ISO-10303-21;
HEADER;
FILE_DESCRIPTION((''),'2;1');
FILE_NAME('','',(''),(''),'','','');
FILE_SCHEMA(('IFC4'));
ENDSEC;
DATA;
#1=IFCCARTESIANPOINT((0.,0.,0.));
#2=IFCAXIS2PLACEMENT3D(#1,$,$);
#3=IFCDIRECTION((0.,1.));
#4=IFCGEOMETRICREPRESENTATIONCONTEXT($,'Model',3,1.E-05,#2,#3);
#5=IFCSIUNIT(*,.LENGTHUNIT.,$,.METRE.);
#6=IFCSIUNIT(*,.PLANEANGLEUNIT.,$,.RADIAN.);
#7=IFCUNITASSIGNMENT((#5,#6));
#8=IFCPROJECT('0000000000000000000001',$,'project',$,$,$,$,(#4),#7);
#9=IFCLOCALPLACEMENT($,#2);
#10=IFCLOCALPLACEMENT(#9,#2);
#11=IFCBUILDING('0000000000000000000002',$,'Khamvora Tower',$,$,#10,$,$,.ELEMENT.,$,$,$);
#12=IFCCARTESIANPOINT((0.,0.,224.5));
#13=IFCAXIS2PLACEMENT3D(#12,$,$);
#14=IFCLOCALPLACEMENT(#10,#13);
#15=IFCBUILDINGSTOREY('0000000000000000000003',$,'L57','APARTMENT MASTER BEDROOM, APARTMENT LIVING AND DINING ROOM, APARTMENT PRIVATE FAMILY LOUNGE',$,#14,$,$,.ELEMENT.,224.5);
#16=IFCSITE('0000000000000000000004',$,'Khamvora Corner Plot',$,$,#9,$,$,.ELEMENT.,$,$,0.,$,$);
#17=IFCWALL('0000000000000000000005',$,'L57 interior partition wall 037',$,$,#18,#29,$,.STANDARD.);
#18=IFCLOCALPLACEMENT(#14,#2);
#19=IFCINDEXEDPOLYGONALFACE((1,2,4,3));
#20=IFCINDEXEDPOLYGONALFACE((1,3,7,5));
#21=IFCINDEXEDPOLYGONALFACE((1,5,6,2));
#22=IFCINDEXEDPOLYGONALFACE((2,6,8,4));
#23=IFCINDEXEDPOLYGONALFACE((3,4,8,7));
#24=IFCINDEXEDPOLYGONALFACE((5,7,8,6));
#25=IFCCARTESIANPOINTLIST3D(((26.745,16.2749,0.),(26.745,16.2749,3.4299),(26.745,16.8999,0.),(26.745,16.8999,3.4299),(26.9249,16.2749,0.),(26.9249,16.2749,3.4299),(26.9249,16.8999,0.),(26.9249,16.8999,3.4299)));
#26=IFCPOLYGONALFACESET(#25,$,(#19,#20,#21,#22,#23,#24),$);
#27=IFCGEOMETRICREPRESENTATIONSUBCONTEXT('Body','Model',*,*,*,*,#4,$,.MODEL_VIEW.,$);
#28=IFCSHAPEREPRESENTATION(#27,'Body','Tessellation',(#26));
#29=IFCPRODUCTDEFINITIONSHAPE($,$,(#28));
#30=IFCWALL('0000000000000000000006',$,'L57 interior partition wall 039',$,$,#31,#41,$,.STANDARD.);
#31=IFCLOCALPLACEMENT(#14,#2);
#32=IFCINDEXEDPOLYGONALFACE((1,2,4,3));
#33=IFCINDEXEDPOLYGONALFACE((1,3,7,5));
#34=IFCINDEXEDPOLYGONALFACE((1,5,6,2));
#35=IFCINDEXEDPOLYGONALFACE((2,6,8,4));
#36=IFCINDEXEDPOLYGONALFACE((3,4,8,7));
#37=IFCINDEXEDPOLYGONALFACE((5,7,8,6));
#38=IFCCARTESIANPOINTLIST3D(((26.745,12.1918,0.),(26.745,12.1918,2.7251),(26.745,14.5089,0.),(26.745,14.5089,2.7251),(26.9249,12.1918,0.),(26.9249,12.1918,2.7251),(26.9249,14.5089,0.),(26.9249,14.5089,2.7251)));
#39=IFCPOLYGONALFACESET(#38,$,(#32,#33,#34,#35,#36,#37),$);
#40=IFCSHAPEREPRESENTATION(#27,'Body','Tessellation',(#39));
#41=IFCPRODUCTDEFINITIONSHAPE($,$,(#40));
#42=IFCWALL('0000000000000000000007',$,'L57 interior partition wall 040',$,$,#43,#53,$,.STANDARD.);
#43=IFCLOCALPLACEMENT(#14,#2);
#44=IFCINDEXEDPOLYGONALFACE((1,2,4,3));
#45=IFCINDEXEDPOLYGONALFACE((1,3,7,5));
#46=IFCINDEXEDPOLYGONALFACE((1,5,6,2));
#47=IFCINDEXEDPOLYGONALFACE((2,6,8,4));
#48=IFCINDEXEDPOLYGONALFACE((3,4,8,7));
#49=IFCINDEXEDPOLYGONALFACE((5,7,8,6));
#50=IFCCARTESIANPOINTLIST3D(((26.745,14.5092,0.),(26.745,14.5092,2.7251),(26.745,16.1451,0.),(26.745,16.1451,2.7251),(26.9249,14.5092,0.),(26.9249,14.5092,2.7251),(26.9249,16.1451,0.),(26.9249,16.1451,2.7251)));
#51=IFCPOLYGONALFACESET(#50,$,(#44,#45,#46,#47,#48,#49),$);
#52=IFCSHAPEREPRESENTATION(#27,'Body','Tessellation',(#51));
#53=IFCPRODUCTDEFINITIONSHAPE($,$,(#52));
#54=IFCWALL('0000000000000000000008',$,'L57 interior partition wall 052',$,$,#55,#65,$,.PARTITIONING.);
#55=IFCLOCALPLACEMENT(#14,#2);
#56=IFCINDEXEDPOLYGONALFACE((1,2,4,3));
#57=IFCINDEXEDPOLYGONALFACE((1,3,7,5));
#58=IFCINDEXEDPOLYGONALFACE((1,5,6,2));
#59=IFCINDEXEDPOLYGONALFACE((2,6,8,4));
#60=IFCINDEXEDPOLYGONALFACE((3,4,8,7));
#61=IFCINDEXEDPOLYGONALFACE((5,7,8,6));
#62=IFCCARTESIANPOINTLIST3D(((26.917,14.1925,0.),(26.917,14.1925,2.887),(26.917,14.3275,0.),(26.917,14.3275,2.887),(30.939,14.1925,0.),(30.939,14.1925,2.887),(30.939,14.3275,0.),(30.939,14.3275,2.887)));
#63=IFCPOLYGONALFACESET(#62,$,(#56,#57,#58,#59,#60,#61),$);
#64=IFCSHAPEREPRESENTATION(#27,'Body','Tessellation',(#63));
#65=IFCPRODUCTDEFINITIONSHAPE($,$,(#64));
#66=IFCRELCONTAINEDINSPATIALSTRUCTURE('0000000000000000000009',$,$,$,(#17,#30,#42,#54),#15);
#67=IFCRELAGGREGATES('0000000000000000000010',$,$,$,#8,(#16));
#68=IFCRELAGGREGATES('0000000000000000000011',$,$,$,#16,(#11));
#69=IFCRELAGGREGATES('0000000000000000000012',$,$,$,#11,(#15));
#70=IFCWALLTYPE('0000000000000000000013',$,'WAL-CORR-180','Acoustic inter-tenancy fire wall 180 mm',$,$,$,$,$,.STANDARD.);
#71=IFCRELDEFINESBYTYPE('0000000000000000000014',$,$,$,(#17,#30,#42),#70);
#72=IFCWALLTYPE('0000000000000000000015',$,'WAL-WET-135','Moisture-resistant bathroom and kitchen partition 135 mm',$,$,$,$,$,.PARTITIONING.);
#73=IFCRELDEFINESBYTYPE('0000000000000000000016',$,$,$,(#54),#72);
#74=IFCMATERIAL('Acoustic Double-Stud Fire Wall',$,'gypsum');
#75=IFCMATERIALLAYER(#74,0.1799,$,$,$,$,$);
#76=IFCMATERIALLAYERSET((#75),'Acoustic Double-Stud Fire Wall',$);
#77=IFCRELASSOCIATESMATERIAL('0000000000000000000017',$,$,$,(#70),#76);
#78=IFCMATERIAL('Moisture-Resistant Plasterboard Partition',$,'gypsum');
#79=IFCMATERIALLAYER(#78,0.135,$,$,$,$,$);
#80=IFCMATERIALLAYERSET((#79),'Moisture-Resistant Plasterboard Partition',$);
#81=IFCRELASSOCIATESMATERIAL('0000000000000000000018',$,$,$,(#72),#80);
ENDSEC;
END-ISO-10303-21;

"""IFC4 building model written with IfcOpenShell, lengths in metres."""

from ifc_helpers import new_model, si_unit, direction, frame, frame_2d, origin, place, context, subcontext, project, spatial, rectangle, extrude, material, layer, layer_set, type_object, element, save


model = new_model("IFC4")

# Units and contexts
model_context = context("Model", 3, precision=1e-05, world=origin(), true_north=direction((0.0, 1.0)))
body_context = subcontext(model_context, "Body", "Model", "MODEL_VIEW")
ifc_project = project(units=[si_unit("LENGTHUNIT", "METRE"), si_unit("PLANEANGLEUNIT", "RADIAN")], contexts=[model_context])

# Site, building, storey
site_placement = place(None, origin())
site = spatial("IfcSite", under=ifc_project, at=site_placement, Name="Khamvora Corner Plot", CompositionType="ELEMENT", RefElevation=0.0)
building_placement = place(site_placement, origin())
building = spatial("IfcBuilding", under=site, at=building_placement, Name="Khamvora Tower", CompositionType="ELEMENT")
storey_placement = place(building_placement, frame((0.0, 0.0, 224.5)))
storey = spatial("IfcBuildingStorey", under=building, at=storey_placement, Name="L57", Description="APARTMENT MASTER BEDROOM, APARTMENT LIVING AND DINING ROOM, APARTMENT PRIVATE FAMILY LOUNGE", CompositionType="ELEMENT", Elevation=224.5)

# Walls
ifc_material_1 = material(Name="Acoustic Double-Stud Fire Wall", Category="gypsum")
ifc_layer_1 = layer(ifc_material_1, 0.1799)
ifc_layer_set_1 = layer_set([ifc_layer_1], Name="Acoustic Double-Stud Fire Wall")
wall_type_1 = type_object("IfcWallType", Name="WAL-CORR-180", Description="Acoustic inter-tenancy fire wall 180 mm", PredefinedType="STANDARD", material=ifc_layer_set_1)
wall_1_placement = place(storey_placement, frame((26.835, 16.8999, 0.0), z_axis=(0.0, 0.0, 1.0), x_axis=(0.0, -1.0, 0.0)))
element("IfcWall", 1, at=wall_1_placement, inside=storey, type_object=wall_type_1, Name="L57 interior partition wall 037", PredefinedType="STANDARD", context=body_context, shape_type="SweptSolid", body=[
    extrude(rectangle(XDim=0.625, YDim=0.1799, at=frame_2d((0.3125, 0.0))), origin(), (0.0, 0.0, 1.0), 3.4299),
])
wall_2_placement = place(storey_placement, frame((26.835, 14.509, 0.0), z_axis=(0.0, 0.0, 1.0), x_axis=(0.0, -1.0, 0.0)))
element("IfcWall", 2, at=wall_2_placement, inside=storey, type_object=wall_type_1, Name="L57 interior partition wall 039", PredefinedType="STANDARD", context=body_context, shape_type="SweptSolid", body=[
    extrude(rectangle(XDim=2.3171, YDim=0.1799, at=frame_2d((1.1587, 0.0))), origin(), (0.0, 0.0, 1.0), 2.7251),
])
wall_3_placement = place(storey_placement, frame((26.835, 16.145, 0.0), z_axis=(0.0, 0.0, 1.0), x_axis=(0.0, -1.0, 0.0)))
element("IfcWall", 3, at=wall_3_placement, inside=storey, type_object=wall_type_1, Name="L57 interior partition wall 040", PredefinedType="STANDARD", context=body_context, shape_type="SweptSolid", body=[
    extrude(rectangle(XDim=1.636, YDim=0.1799, at=frame_2d((0.8179, 0.0))), origin(), (0.0, 0.0, 1.0), 2.7251),
])
ifc_material_2 = material(Name="Moisture-Resistant Plasterboard Partition", Category="gypsum")
ifc_layer_2 = layer(ifc_material_2, 0.135)
ifc_layer_set_2 = layer_set([ifc_layer_2], Name="Moisture-Resistant Plasterboard Partition")
wall_type_2 = type_object("IfcWallType", Name="WAL-WET-135", Description="Moisture-resistant bathroom and kitchen partition 135 mm", PredefinedType="PARTITIONING", material=ifc_layer_set_2)
wall_4_placement = place(storey_placement, frame((26.917, 14.26, 0.0), z_axis=(0.0, 0.0, 1.0), x_axis=(1.0, 0.0, 0.0)))
element("IfcWall", 4, at=wall_4_placement, inside=storey, type_object=wall_type_2, Name="L57 interior partition wall 052", PredefinedType="PARTITIONING", context=body_context, shape_type="SweptSolid", body=[
    extrude(rectangle(XDim=4.022, YDim=0.135, at=frame_2d((2.011, 0.0))), origin(), (0.0, 0.0, 1.0), 2.887),
])

save(model, "model.ifc")
